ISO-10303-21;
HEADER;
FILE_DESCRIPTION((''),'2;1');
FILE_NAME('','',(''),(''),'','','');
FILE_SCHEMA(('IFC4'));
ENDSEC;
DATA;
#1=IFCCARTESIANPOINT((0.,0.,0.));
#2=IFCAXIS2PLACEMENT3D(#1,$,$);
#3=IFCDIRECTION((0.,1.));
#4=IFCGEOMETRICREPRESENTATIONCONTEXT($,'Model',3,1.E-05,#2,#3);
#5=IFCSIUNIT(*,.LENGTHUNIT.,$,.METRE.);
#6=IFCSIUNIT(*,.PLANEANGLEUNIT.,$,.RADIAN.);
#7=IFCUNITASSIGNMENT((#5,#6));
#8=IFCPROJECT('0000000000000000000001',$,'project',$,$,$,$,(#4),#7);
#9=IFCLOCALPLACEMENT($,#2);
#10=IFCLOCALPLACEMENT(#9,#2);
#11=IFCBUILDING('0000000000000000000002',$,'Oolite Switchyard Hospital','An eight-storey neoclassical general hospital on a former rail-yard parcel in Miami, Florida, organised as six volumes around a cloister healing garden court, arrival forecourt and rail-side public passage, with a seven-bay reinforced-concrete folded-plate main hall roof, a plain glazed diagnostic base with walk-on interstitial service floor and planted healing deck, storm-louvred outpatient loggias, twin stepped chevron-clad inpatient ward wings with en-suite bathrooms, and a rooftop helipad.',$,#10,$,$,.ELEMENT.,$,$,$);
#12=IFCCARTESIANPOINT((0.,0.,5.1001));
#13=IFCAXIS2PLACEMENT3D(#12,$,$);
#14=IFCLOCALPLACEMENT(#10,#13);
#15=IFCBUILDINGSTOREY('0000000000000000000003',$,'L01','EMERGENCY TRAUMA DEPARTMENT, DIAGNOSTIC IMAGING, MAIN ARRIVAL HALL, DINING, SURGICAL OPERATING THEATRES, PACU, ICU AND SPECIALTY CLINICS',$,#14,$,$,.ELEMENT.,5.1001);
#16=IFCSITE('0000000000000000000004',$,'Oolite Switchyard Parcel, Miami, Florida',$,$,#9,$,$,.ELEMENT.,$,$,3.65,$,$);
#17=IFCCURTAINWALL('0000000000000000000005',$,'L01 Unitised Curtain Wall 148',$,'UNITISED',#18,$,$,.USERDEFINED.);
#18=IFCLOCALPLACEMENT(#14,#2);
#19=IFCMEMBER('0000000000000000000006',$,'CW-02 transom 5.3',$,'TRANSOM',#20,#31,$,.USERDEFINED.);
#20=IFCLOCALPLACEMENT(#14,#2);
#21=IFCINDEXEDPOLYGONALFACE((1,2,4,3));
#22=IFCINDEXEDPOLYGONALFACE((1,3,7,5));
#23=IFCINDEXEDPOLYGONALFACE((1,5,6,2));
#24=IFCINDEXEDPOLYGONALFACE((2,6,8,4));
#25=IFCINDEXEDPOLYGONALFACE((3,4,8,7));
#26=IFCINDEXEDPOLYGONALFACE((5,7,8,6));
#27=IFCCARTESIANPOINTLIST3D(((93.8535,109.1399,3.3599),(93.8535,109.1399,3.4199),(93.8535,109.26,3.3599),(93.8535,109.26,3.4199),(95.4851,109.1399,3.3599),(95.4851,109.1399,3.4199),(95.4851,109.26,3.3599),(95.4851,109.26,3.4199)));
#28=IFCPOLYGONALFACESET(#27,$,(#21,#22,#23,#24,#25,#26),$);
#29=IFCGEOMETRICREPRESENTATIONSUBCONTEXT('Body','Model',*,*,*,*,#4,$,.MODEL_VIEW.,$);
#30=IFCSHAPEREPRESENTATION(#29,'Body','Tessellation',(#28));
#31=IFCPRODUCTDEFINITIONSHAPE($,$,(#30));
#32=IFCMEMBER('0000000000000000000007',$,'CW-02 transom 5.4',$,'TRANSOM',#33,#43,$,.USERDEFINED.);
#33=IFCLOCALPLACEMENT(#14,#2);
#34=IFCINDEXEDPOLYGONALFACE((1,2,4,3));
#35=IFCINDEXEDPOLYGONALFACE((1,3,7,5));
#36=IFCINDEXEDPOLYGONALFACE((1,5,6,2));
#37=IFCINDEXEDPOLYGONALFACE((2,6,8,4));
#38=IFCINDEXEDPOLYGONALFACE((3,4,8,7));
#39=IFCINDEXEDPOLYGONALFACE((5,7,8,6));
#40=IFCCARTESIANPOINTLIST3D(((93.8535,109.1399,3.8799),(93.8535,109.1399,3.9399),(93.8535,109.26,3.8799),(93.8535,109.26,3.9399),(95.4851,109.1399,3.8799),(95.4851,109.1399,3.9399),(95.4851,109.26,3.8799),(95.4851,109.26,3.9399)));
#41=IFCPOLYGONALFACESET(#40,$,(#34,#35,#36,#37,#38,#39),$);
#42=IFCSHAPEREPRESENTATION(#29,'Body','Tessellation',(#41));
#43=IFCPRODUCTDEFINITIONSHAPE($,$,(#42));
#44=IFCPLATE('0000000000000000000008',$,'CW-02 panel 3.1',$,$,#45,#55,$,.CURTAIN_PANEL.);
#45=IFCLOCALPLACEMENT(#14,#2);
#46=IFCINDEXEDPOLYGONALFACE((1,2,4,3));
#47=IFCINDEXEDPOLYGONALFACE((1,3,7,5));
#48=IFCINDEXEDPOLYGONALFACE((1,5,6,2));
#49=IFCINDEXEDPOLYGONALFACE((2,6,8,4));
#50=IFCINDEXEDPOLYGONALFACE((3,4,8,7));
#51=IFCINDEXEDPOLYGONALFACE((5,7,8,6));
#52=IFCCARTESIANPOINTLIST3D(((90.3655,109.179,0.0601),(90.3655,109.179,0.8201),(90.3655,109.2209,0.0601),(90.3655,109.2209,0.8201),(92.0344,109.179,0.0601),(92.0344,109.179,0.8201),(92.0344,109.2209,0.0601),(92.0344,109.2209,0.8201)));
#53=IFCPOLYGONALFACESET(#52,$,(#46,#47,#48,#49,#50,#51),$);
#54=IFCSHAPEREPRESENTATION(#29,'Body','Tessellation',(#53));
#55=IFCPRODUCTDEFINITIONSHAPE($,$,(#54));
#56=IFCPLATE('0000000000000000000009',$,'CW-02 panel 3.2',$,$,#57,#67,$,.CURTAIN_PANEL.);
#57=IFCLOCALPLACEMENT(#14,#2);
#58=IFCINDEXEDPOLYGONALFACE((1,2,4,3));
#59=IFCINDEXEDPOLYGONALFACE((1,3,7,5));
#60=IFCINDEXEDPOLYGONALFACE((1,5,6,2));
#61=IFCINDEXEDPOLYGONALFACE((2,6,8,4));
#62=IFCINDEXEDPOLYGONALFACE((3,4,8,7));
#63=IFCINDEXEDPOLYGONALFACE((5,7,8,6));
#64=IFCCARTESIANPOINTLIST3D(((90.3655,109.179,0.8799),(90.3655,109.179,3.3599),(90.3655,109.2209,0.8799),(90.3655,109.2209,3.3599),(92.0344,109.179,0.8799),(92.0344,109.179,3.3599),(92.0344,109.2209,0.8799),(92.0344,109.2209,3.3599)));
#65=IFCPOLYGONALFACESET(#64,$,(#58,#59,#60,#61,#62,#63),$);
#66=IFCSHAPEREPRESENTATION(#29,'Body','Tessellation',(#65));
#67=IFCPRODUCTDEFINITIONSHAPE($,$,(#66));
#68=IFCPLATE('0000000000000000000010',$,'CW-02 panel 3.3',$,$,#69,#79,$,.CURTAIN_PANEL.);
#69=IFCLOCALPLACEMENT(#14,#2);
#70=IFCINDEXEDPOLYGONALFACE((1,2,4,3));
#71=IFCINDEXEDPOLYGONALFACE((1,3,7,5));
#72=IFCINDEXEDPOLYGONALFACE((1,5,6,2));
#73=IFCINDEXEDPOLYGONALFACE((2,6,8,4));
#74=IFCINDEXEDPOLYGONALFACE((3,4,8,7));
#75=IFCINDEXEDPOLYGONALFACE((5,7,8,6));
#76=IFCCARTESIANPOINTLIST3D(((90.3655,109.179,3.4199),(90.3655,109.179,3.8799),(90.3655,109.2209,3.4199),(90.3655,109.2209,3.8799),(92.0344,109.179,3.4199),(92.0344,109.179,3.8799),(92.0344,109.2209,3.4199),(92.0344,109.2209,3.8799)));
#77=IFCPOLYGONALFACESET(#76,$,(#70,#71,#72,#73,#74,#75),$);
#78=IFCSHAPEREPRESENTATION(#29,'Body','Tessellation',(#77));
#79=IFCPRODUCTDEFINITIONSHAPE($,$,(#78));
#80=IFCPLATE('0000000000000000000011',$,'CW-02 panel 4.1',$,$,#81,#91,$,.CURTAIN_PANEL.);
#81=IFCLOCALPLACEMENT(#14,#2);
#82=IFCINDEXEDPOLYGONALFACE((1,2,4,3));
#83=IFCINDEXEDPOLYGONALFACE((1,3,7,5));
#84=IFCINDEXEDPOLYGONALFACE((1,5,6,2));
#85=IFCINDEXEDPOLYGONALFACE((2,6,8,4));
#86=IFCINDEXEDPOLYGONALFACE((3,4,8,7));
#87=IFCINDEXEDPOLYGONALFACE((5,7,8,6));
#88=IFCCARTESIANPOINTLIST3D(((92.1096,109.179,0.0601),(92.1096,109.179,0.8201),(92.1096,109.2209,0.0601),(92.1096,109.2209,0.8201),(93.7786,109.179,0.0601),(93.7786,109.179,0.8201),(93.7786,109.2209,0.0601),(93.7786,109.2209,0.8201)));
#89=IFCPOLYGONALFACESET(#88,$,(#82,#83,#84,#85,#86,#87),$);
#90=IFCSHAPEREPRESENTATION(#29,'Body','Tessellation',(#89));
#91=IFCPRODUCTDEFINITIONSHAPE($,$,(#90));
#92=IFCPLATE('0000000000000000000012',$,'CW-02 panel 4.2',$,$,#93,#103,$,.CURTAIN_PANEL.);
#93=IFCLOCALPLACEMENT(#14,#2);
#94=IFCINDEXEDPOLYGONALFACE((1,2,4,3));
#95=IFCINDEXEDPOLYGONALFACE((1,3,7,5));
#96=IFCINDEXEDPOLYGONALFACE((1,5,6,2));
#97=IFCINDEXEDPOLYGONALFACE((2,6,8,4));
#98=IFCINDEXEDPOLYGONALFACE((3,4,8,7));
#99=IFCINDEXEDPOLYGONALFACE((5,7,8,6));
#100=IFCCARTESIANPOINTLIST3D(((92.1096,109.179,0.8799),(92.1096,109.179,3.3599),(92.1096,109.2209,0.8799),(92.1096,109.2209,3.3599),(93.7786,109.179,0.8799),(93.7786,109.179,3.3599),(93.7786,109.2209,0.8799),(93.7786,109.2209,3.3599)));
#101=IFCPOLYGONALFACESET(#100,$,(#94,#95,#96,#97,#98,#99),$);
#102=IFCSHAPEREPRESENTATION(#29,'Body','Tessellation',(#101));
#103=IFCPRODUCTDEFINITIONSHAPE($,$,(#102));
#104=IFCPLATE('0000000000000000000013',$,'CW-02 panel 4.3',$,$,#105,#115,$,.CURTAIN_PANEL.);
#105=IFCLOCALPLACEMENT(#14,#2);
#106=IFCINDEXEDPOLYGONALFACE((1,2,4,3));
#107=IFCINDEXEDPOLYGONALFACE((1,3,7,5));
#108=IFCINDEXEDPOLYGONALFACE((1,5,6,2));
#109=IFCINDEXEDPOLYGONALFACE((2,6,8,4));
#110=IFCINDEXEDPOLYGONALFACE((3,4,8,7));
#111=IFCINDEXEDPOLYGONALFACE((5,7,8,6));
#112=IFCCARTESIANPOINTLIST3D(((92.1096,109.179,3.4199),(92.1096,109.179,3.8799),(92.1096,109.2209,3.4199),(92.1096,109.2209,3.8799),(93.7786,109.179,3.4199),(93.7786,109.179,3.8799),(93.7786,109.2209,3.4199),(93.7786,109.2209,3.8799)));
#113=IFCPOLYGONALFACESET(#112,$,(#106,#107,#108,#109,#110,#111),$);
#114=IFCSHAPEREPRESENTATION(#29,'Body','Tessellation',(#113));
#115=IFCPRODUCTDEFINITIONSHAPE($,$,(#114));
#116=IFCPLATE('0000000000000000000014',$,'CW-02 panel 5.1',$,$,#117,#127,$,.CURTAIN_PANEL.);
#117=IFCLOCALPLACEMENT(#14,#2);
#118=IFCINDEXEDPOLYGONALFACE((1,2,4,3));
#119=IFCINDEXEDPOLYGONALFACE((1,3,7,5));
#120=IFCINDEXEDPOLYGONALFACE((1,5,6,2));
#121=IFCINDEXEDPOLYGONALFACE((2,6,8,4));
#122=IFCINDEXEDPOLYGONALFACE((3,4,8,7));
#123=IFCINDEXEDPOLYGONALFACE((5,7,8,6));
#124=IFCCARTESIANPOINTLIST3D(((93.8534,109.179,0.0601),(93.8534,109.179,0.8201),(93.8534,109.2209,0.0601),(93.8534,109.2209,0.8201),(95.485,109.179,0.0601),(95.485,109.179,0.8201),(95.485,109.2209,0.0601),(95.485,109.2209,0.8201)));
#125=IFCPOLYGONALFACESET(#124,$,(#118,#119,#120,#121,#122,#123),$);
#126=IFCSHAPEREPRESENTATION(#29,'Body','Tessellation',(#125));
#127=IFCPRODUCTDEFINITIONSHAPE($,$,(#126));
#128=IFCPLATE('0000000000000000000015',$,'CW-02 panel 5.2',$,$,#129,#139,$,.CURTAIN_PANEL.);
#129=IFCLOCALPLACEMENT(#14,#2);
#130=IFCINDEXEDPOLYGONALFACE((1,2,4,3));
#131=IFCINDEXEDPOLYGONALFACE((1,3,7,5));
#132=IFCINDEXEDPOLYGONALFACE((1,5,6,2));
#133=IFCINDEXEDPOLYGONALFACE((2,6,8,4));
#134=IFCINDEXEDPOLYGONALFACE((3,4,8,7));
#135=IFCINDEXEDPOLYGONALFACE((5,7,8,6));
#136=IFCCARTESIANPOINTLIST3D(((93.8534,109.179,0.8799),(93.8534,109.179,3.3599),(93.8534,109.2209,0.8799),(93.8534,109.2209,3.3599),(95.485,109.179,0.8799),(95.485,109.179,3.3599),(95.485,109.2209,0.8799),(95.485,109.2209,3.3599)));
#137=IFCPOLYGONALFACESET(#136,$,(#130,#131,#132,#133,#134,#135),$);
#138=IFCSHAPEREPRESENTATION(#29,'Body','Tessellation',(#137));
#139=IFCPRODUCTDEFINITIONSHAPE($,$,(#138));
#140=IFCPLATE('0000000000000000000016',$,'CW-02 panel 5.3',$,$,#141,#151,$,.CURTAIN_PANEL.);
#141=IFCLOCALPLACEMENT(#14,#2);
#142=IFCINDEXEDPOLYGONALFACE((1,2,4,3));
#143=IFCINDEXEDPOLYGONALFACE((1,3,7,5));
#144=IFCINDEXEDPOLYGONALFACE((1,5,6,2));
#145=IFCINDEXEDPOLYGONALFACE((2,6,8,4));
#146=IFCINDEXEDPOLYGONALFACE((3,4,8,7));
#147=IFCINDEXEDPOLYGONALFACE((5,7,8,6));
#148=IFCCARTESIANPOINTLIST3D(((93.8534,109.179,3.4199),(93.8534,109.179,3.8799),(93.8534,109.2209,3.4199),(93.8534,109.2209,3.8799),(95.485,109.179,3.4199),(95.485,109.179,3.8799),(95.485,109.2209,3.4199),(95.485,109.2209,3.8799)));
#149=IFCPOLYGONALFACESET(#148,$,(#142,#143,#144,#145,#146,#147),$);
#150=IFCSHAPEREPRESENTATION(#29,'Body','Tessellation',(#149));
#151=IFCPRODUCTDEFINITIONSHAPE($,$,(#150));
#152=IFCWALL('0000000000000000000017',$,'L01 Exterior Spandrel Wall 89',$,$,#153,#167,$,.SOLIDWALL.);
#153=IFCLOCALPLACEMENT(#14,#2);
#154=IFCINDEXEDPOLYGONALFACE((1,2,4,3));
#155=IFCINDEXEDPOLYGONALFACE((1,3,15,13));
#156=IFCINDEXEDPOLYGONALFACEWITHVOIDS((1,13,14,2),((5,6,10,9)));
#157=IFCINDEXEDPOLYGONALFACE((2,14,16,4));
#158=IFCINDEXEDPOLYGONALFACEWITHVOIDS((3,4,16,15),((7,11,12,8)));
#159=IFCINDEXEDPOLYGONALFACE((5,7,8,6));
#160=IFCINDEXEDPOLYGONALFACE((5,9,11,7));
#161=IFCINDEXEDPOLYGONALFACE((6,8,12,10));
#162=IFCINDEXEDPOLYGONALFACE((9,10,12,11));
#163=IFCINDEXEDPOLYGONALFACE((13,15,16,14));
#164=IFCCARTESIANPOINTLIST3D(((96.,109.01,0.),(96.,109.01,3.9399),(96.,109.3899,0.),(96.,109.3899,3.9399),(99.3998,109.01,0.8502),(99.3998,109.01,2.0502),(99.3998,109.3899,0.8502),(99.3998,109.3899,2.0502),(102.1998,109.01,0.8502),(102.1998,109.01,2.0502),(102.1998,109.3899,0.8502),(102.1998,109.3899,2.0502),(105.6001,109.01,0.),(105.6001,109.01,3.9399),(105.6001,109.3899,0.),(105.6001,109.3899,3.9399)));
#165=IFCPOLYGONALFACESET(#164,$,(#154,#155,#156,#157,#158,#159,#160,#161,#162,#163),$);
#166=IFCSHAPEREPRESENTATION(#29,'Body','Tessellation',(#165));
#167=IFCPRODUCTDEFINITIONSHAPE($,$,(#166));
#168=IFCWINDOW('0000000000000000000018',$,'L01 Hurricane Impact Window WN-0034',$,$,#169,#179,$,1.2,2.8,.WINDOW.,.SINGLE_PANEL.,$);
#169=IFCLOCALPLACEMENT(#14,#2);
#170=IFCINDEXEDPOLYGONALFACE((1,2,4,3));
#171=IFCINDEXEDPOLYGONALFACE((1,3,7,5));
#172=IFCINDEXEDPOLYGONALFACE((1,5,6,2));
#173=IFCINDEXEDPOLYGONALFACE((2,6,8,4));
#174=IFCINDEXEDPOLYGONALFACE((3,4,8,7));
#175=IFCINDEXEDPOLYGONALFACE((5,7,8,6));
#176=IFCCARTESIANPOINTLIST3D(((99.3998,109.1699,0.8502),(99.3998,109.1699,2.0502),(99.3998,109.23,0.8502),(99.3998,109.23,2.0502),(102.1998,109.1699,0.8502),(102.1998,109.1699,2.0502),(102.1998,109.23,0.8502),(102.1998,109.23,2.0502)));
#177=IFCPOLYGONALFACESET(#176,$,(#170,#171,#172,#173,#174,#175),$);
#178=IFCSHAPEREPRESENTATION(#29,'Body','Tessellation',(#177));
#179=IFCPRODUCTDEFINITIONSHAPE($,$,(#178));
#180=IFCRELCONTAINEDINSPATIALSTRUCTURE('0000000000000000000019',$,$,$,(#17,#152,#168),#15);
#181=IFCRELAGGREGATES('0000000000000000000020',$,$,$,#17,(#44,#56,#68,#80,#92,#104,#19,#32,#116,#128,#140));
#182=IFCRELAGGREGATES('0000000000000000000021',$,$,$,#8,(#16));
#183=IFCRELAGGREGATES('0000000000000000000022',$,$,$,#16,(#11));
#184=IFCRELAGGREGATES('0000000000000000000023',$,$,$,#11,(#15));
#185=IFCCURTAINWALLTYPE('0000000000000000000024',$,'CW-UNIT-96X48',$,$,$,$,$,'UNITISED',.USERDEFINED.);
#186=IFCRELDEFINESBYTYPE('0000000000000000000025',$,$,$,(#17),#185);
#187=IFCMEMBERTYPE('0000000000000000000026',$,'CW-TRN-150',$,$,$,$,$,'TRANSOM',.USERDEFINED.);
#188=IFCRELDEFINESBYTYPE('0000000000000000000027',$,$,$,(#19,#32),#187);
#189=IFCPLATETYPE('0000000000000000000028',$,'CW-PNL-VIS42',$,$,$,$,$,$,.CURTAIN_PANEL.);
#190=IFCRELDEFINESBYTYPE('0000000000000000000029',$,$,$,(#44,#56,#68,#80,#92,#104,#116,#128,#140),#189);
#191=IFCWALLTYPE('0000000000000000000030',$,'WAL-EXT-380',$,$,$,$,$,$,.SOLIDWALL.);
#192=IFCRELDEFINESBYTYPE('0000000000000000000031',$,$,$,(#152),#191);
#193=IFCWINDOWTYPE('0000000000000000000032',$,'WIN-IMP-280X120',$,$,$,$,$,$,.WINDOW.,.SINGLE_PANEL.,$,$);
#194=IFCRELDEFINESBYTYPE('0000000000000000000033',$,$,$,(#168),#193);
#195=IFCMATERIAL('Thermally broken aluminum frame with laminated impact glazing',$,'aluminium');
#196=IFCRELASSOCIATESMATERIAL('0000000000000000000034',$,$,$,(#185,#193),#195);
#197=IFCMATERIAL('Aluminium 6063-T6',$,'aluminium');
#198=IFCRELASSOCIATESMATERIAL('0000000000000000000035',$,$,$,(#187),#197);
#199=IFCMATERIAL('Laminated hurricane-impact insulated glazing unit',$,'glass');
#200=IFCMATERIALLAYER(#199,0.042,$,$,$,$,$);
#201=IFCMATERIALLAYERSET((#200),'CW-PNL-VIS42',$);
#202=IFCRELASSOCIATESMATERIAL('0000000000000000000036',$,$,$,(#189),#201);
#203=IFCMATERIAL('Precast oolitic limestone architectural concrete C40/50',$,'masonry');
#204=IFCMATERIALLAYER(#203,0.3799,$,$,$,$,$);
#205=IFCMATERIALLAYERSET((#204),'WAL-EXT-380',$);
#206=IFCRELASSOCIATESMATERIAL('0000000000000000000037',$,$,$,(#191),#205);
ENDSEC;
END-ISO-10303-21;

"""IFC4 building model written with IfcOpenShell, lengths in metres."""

from ifc_helpers import new_model, si_unit, direction, frame, frame_2d, origin, origin_2d, place, context, subcontext, project, spatial, rectangle, extrude, material, layer, layer_set, material_profile, profile_set, type_object, element, fill, aggregate, save


model = new_model("IFC4")

# Units and contexts
model_context = context("Model", 3, precision=1e-05, world=origin(), true_north=direction((0.0, 1.0)))
body_context = subcontext(model_context, "Body", "Model", "MODEL_VIEW")
ifc_project = project(units=[si_unit("LENGTHUNIT", "METRE"), si_unit("PLANEANGLEUNIT", "RADIAN")], contexts=[model_context])

# Site, building, storey
site_placement = place(None, origin())
site = spatial("IfcSite", under=ifc_project, at=site_placement, Name="Oolite Switchyard Parcel, Miami, Florida", CompositionType="ELEMENT", RefElevation=3.65)
building_placement = place(site_placement, origin())
building = spatial("IfcBuilding", under=site, at=building_placement, Name="Oolite Switchyard Hospital", Description="An eight-storey neoclassical general hospital on a former rail-yard parcel in Miami, Florida, organised as six volumes around a cloister healing garden court, arrival forecourt and rail-side public passage, with a seven-bay reinforced-concrete folded-plate main hall roof, a plain glazed diagnostic base with walk-on interstitial service floor and planted healing deck, storm-louvred outpatient loggias, twin stepped chevron-clad inpatient ward wings with en-suite bathrooms, and a rooftop helipad.", CompositionType="ELEMENT")
storey_placement = place(building_placement, frame((0.0, 0.0, 5.1001)))
storey = spatial("IfcBuildingStorey", under=building, at=storey_placement, Name="L01", Description="EMERGENCY TRAUMA DEPARTMENT, DIAGNOSTIC IMAGING, MAIN ARRIVAL HALL, DINING, SURGICAL OPERATING THEATRES, PACU, ICU AND SPECIALTY CLINICS", CompositionType="ELEMENT", Elevation=5.1001)

# Curtain wall, members, plates
ifc_material_1 = material(Name="Thermally broken aluminum frame with laminated impact glazing", Category="aluminium")
curtain_wall_type = type_object("IfcCurtainWallType", Name="CW-UNIT-96X48", ElementType="UNITISED", PredefinedType="USERDEFINED", material=ifc_material_1)
curtain_wall_placement = place(storey_placement, origin())
curtain_wall = element("IfcCurtainWall", 1, at=curtain_wall_placement, inside=storey, type_object=curtain_wall_type, Name="L01 Unitised Curtain Wall 148", ObjectType="UNITISED", PredefinedType="USERDEFINED")
ifc_material_2 = material(Name="Aluminium 6063-T6", Category="aluminium")
ifc_material_profile_1 = material_profile(ifc_material_2, rectangle(XDim=0.1201, YDim=0.0601, at=origin_2d()), Name="CWT60X120")
ifc_profile_set_1 = profile_set([ifc_material_profile_1], Name="Aluminium 6063-T6")
member_type_1 = type_object("IfcMemberType", Name="CW-TRN-150", ElementType="TRANSOM", PredefinedType="USERDEFINED", material=ifc_profile_set_1)
member_1_placement = place(storey_placement, frame((93.8535, 109.2, 3.3899), z_axis=(1.0, 0.0, 0.0), x_axis=(0.0, 1.0, 0.0)))
member_1 = element("IfcMember", 2, at=member_1_placement, type_object=member_type_1, Name="CW-02 transom 5.3", ObjectType="TRANSOM", PredefinedType="USERDEFINED", context=body_context, shape_type="SweptSolid", body=[
    extrude(rectangle(XDim=0.1201, YDim=0.0601, at=origin_2d()), origin(), (0.0, 0.0, 1.0), 1.6316),
])
member_2_placement = place(storey_placement, frame((93.8535, 109.2, 3.9099), z_axis=(1.0, 0.0, 0.0), x_axis=(0.0, 1.0, 0.0)))
member_2 = element("IfcMember", 3, at=member_2_placement, type_object=member_type_1, Name="CW-02 transom 5.4", ObjectType="TRANSOM", PredefinedType="USERDEFINED", context=body_context, shape_type="SweptSolid", body=[
    extrude(rectangle(XDim=0.1201, YDim=0.0601, at=origin_2d()), origin(), (0.0, 0.0, 1.0), 1.6316),
])
ifc_material_3 = material(Name="Laminated hurricane-impact insulated glazing unit", Category="glass")
ifc_layer_1 = layer(ifc_material_3, 0.042)
ifc_layer_set_1 = layer_set([ifc_layer_1], Name="CW-PNL-VIS42")
plate_type = type_object("IfcPlateType", Name="CW-PNL-VIS42", PredefinedType="CURTAIN_PANEL", material=ifc_layer_set_1)
plate_1_placement = place(storey_placement, frame((91.2, 109.2, 0.0601), z_axis=(0.0, 0.0, 1.0), x_axis=(1.0, 0.0, 0.0)))
plate_1 = element("IfcPlate", 4, at=plate_1_placement, type_object=plate_type, Name="CW-02 panel 3.1", PredefinedType="CURTAIN_PANEL", context=body_context, shape_type="SweptSolid", body=[
    extrude(rectangle(XDim=1.6689, YDim=0.042, at=origin_2d()), origin(), (0.0, 0.0, 1.0), 0.76),
])
plate_2_placement = place(storey_placement, frame((91.2, 109.2, 0.8799), z_axis=(0.0, 0.0, 1.0), x_axis=(1.0, 0.0, 0.0)))
plate_2 = element("IfcPlate", 5, at=plate_2_placement, type_object=plate_type, Name="CW-02 panel 3.2", PredefinedType="CURTAIN_PANEL", context=body_context, shape_type="SweptSolid", body=[
    extrude(rectangle(XDim=1.6689, YDim=0.042, at=origin_2d()), origin(), (0.0, 0.0, 1.0), 2.48),
])
plate_3_placement = place(storey_placement, frame((91.2, 109.2, 3.4199), z_axis=(0.0, 0.0, 1.0), x_axis=(1.0, 0.0, 0.0)))
plate_3 = element("IfcPlate", 6, at=plate_3_placement, type_object=plate_type, Name="CW-02 panel 3.3", PredefinedType="CURTAIN_PANEL", context=body_context, shape_type="SweptSolid", body=[
    extrude(rectangle(XDim=1.6689, YDim=0.042, at=origin_2d()), origin(), (0.0, 0.0, 1.0), 0.46),
])
plate_4_placement = place(storey_placement, frame((92.9441, 109.2, 0.0601), z_axis=(0.0, 0.0, 1.0), x_axis=(1.0, 0.0, 0.0)))
plate_4 = element("IfcPlate", 7, at=plate_4_placement, type_object=plate_type, Name="CW-02 panel 4.1", PredefinedType="CURTAIN_PANEL", context=body_context, shape_type="SweptSolid", body=[
    extrude(rectangle(XDim=1.6689, YDim=0.042, at=origin_2d()), origin(), (0.0, 0.0, 1.0), 0.76),
])
plate_5_placement = place(storey_placement, frame((92.9441, 109.2, 0.8799), z_axis=(0.0, 0.0, 1.0), x_axis=(1.0, 0.0, 0.0)))
plate_5 = element("IfcPlate", 8, at=plate_5_placement, type_object=plate_type, Name="CW-02 panel 4.2", PredefinedType="CURTAIN_PANEL", context=body_context, shape_type="SweptSolid", body=[
    extrude(rectangle(XDim=1.6689, YDim=0.042, at=origin_2d()), origin(), (0.0, 0.0, 1.0), 2.48),
])
plate_6_placement = place(storey_placement, frame((92.9441, 109.2, 3.4199), z_axis=(0.0, 0.0, 1.0), x_axis=(1.0, 0.0, 0.0)))
plate_6 = element("IfcPlate", 9, at=plate_6_placement, type_object=plate_type, Name="CW-02 panel 4.3", PredefinedType="CURTAIN_PANEL", context=body_context, shape_type="SweptSolid", body=[
    extrude(rectangle(XDim=1.6689, YDim=0.042, at=origin_2d()), origin(), (0.0, 0.0, 1.0), 0.46),
])
plate_7_placement = place(storey_placement, frame((94.6692, 109.2, 0.0601), z_axis=(0.0, 0.0, 1.0), x_axis=(1.0, 0.0, 0.0)))
plate_7 = element("IfcPlate", 10, at=plate_7_placement, type_object=plate_type, Name="CW-02 panel 5.1", PredefinedType="CURTAIN_PANEL", context=body_context, shape_type="SweptSolid", body=[
    extrude(rectangle(XDim=1.6316, YDim=0.042, at=origin_2d()), origin(), (0.0, 0.0, 1.0), 0.76),
])
plate_8_placement = place(storey_placement, frame((94.6692, 109.2, 0.8799), z_axis=(0.0, 0.0, 1.0), x_axis=(1.0, 0.0, 0.0)))
plate_8 = element("IfcPlate", 11, at=plate_8_placement, type_object=plate_type, Name="CW-02 panel 5.2", PredefinedType="CURTAIN_PANEL", context=body_context, shape_type="SweptSolid", body=[
    extrude(rectangle(XDim=1.6316, YDim=0.042, at=origin_2d()), origin(), (0.0, 0.0, 1.0), 2.48),
])
plate_9_placement = place(storey_placement, frame((94.6692, 109.2, 3.4199), z_axis=(0.0, 0.0, 1.0), x_axis=(1.0, 0.0, 0.0)))
plate_9 = element("IfcPlate", 12, at=plate_9_placement, type_object=plate_type, Name="CW-02 panel 5.3", PredefinedType="CURTAIN_PANEL", context=body_context, shape_type="SweptSolid", body=[
    extrude(rectangle(XDim=1.6316, YDim=0.042, at=origin_2d()), origin(), (0.0, 0.0, 1.0), 0.46),
])
aggregate(curtain_wall, [plate_1, plate_2, plate_3, plate_4, plate_5, plate_6, member_1, member_2, plate_7, plate_8, plate_9])

# Wall, opening, window
ifc_material_4 = material(Name="Precast oolitic limestone architectural concrete C40/50", Category="masonry")
ifc_layer_2 = layer(ifc_material_4, 0.3799)
ifc_layer_set_2 = layer_set([ifc_layer_2], Name="WAL-EXT-380")
wall_type = type_object("IfcWallType", Name="WAL-EXT-380", PredefinedType="SOLIDWALL", material=ifc_layer_set_2)
wall_placement = place(storey_placement, frame((96.0, 109.2, 0.0), z_axis=(0.0, 0.0, 1.0), x_axis=(1.0, 0.0, 0.0)))
wall = element("IfcWall", 13, at=wall_placement, inside=storey, type_object=wall_type, Name="L01 Exterior Spandrel Wall 89", PredefinedType="SOLIDWALL", context=body_context, shape_type="SweptSolid", body=[
    extrude(rectangle(XDim=9.6001, YDim=0.3799, at=frame_2d((4.8, 0.0))), origin(), (0.0, 0.0, 1.0), 3.9399),
])
opening_placement = place(wall_placement, frame((3.3999, 0.0, 0.8501)))
opening = element("IfcOpeningElement", 14, at=opening_placement, cuts=wall, PredefinedType="OPENING", context=body_context, shape_type="SweptSolid", body=[
    extrude(rectangle(XDim=2.8, YDim=1.2, at=frame_2d((1.3999, 0.6001))), frame((0.0, 0.2, 0.0), z_axis=(0.0, -1.0, 0.0), x_axis=(1.0, 0.0, 0.0)), (0.0, 0.0, 1.0), 0.3999),
])
window_type = type_object("IfcWindowType", Name="WIN-IMP-280X120", PartitioningType="SINGLE_PANEL", PredefinedType="WINDOW", material=ifc_material_1)
window_placement = place(opening_placement, origin())
window = element("IfcWindow", 15, at=window_placement, inside=storey, type_object=window_type, Name="L01 Hurricane Impact Window WN-0034", OverallHeight=1.2, OverallWidth=2.8, PartitioningType="SINGLE_PANEL", PredefinedType="WINDOW", context=body_context, shape_type="SweptSolid", body=[
    extrude(rectangle(XDim=2.8, YDim=1.2, at=frame_2d((1.3999, 0.6001))), frame((0.0, 0.03, 0.0), z_axis=(0.0, -1.0, 0.0), x_axis=(1.0, 0.0, 0.0)), (0.0, 0.0, 1.0), 0.0601),
])
fill(opening, window)

save(model, "model.ifc")
